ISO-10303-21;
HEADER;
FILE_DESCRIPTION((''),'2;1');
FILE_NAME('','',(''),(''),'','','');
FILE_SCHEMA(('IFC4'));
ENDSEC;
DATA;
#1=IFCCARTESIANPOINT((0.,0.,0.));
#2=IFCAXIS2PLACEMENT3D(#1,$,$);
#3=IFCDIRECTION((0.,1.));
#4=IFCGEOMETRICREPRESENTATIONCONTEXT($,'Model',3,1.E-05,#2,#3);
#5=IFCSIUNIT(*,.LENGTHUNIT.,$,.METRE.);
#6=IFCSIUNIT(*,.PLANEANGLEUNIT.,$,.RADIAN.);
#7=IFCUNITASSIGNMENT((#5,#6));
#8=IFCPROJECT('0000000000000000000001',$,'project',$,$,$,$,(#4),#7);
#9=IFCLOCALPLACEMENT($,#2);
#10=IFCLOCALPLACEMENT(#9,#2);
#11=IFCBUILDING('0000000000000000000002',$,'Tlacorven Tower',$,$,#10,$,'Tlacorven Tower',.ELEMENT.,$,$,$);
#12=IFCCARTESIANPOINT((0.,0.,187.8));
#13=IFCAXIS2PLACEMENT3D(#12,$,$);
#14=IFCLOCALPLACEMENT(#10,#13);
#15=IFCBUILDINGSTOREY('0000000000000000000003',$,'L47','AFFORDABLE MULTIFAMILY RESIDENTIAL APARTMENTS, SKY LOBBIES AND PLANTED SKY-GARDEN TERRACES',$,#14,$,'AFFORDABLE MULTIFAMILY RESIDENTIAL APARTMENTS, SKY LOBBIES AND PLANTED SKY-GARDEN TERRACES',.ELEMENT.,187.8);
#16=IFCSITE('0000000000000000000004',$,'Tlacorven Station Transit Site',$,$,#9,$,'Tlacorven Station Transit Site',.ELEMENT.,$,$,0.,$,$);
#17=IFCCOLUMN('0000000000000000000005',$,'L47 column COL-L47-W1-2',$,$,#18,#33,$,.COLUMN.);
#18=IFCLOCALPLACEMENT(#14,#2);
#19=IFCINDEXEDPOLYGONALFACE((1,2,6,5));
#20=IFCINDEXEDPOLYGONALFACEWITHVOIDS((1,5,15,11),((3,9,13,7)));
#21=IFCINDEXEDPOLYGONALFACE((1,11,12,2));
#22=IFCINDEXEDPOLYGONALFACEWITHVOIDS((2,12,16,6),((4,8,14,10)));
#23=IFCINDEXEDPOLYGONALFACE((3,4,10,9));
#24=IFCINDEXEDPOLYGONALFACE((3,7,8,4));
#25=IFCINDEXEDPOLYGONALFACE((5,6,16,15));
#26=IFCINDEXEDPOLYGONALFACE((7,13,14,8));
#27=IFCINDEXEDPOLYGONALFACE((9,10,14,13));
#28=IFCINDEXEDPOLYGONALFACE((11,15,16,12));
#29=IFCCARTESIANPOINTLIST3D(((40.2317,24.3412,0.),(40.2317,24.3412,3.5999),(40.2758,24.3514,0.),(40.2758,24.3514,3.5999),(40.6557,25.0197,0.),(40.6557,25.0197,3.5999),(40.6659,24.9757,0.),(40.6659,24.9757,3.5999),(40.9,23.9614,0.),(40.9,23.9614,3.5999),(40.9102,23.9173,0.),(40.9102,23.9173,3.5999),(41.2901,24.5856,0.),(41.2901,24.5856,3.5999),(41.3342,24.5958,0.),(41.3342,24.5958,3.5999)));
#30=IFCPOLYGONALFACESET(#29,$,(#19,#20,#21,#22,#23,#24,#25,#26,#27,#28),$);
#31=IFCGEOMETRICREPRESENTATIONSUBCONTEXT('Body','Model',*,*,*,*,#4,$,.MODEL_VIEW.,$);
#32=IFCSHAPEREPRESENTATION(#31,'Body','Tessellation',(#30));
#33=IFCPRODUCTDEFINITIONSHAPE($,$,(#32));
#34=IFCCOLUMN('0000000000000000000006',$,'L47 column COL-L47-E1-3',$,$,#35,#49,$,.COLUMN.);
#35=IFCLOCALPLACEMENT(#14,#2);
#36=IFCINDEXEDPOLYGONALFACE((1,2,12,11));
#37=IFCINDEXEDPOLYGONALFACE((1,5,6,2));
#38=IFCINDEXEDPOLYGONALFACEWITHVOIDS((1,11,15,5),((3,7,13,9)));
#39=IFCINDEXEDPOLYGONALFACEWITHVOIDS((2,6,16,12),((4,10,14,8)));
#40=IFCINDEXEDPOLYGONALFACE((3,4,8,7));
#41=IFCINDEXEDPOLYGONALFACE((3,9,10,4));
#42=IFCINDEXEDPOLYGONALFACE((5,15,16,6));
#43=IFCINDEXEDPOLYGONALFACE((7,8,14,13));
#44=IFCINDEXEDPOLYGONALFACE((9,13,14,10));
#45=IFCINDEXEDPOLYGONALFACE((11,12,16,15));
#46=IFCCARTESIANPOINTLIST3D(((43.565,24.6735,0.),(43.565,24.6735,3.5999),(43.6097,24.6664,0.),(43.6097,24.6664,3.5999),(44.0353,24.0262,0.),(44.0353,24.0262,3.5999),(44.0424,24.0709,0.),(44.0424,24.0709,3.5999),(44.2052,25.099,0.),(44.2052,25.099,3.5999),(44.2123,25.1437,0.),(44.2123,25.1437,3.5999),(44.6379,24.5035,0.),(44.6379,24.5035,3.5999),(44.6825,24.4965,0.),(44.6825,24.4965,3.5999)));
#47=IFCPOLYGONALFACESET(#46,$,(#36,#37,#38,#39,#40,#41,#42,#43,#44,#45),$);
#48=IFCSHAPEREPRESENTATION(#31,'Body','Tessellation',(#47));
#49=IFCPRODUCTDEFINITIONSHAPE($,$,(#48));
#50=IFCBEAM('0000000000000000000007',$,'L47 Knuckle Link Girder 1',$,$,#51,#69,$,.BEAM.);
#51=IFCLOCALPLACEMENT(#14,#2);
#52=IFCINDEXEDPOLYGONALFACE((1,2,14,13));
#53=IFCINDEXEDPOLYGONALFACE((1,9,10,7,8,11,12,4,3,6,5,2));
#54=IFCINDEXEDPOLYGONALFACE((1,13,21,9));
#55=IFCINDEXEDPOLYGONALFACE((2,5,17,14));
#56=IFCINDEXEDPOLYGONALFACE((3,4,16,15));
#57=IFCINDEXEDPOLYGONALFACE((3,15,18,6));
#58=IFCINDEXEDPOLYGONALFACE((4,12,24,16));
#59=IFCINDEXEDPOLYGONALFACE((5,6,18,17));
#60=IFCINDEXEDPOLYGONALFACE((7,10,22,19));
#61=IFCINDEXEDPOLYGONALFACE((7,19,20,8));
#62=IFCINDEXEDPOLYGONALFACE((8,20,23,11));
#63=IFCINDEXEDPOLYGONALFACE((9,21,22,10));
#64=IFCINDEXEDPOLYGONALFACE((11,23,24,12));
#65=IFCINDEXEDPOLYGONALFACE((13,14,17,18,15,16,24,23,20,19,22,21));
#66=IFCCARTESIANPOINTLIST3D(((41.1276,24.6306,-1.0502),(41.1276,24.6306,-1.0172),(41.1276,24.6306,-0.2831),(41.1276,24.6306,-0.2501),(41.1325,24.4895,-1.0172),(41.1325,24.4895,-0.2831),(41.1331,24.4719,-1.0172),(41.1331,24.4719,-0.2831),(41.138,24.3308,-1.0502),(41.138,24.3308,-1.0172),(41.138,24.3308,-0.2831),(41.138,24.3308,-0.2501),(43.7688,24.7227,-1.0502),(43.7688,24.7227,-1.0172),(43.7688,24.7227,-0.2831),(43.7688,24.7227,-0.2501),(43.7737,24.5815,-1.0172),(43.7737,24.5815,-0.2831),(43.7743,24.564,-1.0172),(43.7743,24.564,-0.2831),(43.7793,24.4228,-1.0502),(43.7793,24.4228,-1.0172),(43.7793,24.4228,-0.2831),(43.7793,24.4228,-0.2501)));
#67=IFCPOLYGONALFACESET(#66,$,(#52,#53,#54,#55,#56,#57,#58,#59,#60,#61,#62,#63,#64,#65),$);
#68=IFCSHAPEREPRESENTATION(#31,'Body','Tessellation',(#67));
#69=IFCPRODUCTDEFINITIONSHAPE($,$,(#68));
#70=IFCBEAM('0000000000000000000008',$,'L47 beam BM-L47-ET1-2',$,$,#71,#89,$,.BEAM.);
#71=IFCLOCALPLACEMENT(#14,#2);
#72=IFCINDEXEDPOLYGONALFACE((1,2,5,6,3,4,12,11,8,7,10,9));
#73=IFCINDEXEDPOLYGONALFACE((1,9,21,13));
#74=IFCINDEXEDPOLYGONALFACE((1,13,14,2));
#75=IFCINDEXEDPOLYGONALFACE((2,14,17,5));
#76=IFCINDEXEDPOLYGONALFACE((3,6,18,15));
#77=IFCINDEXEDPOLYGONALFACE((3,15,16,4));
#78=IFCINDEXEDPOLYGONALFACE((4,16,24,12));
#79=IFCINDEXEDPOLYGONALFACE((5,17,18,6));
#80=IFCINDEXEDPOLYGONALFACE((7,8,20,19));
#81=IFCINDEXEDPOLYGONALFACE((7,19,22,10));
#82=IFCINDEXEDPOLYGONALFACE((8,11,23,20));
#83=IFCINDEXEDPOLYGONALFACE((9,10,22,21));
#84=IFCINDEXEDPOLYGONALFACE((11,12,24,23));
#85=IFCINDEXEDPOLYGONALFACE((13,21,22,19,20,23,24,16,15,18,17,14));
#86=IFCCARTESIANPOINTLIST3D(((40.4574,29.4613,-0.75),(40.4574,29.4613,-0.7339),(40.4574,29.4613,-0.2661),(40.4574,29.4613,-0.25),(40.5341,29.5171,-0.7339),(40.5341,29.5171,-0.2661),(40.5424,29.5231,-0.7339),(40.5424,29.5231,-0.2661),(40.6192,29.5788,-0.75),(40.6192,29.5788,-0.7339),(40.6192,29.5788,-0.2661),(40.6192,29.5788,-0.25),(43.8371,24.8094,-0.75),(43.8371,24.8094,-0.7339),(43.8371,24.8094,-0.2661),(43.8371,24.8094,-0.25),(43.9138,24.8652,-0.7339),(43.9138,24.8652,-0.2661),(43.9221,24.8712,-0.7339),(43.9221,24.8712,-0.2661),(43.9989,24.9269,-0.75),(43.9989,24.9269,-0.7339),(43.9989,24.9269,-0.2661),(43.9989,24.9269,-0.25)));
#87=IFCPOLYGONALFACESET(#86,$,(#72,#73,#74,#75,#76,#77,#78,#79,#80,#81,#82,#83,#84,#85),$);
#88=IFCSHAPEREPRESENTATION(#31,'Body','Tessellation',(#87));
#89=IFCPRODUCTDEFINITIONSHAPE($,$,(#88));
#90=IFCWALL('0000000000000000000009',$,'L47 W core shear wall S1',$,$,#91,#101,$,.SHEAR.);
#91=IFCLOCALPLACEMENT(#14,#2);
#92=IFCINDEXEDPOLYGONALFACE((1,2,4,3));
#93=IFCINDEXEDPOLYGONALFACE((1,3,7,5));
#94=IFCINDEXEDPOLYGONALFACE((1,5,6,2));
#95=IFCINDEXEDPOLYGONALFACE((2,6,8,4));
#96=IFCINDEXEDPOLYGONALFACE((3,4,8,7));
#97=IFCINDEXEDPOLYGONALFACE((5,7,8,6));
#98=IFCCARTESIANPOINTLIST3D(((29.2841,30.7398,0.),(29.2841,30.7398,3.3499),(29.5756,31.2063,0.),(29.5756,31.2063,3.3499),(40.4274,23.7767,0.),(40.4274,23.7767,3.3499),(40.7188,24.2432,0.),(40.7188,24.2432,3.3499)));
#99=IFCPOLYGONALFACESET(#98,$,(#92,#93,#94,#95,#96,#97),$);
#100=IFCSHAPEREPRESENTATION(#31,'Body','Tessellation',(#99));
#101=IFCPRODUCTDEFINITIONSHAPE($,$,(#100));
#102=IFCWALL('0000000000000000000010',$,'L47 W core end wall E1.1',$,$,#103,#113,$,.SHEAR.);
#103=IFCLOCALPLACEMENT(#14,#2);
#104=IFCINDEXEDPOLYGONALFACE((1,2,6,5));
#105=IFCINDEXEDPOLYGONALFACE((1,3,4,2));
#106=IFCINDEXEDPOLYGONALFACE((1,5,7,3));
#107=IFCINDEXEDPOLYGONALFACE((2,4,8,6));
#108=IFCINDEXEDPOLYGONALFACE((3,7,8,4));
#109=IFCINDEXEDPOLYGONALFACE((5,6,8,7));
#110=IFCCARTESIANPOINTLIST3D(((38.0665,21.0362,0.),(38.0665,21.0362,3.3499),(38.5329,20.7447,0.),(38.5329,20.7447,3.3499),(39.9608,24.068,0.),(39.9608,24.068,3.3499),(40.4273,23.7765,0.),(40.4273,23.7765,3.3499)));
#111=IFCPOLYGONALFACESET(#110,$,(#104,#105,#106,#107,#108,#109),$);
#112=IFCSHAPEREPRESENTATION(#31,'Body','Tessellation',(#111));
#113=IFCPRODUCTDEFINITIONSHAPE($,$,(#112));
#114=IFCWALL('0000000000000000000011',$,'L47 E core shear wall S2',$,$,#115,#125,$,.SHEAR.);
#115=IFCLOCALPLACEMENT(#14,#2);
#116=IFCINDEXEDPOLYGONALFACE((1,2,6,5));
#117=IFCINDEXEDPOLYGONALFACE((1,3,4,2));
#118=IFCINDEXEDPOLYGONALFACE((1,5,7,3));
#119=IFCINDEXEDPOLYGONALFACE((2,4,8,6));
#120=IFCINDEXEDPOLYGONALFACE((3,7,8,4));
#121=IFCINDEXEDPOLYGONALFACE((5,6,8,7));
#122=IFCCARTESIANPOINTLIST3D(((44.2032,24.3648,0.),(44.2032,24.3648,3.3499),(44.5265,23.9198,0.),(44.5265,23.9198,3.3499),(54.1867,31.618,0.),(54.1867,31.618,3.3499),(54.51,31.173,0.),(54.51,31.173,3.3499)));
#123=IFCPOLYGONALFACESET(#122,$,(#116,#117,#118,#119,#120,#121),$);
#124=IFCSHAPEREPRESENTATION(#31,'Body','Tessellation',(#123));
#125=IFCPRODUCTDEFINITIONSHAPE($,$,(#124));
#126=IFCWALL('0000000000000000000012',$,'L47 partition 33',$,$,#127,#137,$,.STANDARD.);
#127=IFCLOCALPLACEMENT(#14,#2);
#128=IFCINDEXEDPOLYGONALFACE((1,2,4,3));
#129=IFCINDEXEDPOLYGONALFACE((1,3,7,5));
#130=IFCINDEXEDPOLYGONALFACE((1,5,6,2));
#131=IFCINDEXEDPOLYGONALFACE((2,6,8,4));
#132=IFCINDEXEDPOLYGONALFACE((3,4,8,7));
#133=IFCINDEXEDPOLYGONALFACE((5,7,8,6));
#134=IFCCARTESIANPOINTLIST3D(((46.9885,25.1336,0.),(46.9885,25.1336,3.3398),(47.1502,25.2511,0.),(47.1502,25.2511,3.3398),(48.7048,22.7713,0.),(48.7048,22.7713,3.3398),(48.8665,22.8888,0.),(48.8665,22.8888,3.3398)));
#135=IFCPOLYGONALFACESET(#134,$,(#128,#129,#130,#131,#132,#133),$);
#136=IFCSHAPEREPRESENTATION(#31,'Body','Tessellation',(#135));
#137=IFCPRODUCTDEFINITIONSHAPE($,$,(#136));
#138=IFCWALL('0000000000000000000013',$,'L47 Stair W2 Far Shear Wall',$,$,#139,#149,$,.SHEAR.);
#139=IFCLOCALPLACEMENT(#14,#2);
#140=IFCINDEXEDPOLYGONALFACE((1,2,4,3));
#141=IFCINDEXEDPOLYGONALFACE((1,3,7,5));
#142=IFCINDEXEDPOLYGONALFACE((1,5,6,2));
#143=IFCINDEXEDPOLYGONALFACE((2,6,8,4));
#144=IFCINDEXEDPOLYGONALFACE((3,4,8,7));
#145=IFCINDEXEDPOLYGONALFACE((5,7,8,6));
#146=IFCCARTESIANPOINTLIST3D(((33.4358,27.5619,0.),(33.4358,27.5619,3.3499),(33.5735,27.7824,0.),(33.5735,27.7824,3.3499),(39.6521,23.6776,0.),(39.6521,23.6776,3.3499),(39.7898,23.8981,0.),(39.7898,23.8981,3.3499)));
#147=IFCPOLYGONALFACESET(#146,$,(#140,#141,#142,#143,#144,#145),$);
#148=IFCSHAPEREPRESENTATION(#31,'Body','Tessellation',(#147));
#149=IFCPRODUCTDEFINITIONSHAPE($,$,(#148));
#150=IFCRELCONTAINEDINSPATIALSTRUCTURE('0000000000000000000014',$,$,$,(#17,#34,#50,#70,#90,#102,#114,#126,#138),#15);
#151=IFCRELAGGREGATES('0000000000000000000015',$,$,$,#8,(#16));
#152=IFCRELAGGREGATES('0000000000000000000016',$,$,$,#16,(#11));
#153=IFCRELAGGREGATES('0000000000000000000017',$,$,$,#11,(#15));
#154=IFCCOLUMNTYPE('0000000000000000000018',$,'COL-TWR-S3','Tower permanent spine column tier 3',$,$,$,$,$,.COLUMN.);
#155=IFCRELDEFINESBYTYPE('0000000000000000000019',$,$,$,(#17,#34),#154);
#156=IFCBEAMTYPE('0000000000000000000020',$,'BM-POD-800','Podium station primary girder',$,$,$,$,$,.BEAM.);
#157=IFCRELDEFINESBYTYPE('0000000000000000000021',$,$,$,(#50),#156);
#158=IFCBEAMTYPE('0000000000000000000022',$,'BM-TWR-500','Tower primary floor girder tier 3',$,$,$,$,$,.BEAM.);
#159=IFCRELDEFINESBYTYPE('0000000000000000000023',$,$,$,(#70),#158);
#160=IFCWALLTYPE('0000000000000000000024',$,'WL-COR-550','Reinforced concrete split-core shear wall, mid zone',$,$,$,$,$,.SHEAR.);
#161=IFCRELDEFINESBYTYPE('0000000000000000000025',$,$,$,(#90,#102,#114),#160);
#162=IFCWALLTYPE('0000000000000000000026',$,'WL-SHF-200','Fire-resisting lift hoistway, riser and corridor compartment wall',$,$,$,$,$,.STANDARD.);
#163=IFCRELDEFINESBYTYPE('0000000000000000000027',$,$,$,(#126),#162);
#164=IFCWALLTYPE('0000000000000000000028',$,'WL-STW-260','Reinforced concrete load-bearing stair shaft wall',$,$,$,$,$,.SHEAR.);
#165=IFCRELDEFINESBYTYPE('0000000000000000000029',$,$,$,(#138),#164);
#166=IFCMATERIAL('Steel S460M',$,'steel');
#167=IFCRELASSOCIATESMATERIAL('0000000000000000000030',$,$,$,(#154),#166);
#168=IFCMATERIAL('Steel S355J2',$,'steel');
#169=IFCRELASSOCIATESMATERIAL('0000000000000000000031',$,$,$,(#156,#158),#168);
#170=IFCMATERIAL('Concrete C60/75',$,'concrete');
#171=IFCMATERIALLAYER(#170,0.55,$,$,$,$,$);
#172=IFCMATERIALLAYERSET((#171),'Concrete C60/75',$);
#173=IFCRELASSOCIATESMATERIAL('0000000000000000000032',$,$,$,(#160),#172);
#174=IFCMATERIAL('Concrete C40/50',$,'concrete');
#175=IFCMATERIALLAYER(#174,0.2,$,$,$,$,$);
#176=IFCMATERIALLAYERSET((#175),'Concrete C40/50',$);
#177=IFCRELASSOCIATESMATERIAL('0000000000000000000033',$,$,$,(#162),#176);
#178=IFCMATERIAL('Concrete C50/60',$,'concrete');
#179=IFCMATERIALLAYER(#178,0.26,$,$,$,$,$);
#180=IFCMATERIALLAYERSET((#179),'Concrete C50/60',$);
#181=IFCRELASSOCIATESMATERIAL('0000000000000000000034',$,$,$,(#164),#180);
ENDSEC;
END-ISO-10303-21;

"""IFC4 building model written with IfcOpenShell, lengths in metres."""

from ifc_helpers import new_model, si_unit, direction, frame, frame_2d, origin, origin_2d, place, context, subcontext, project, spatial, rectangle, hollow_rectangle, i_section, extrude, source, transform, mapped, material, layer, layer_set, material_profile, profile_set, type_object, element, save


model = new_model("IFC4")

# Units and contexts
model_context = context("Model", 3, precision=1e-05, world=origin(), true_north=direction((0.0, 1.0)))
body_context = subcontext(model_context, "Body", "Model", "MODEL_VIEW")
ifc_project = project(units=[si_unit("LENGTHUNIT", "METRE"), si_unit("PLANEANGLEUNIT", "RADIAN")], contexts=[model_context])

# Site, building, storey
site_placement = place(None, origin())
site = spatial("IfcSite", under=ifc_project, at=site_placement, Name="Tlacorven Station Transit Site", LongName="Tlacorven Station Transit Site", CompositionType="ELEMENT", RefElevation=0.0)
building_placement = place(site_placement, origin())
building = spatial("IfcBuilding", under=site, at=building_placement, Name="Tlacorven Tower", LongName="Tlacorven Tower", CompositionType="ELEMENT")
storey_placement = place(building_placement, frame((0.0, 0.0, 187.8)))
storey = spatial("IfcBuildingStorey", under=building, at=storey_placement, Name="L47", Description="AFFORDABLE MULTIFAMILY RESIDENTIAL APARTMENTS, SKY LOBBIES AND PLANTED SKY-GARDEN TERRACES", LongName="AFFORDABLE MULTIFAMILY RESIDENTIAL APARTMENTS, SKY LOBBIES AND PLANTED SKY-GARDEN TERRACES", CompositionType="ELEMENT", Elevation=187.8)

# Columns
ifc_material_1 = material(Name="Steel S460M", Category="steel")
ifc_material_profile_1 = material_profile(ifc_material_1, hollow_rectangle(XDim=0.8, YDim=0.8, WallThickness=0.032, at=origin_2d()), Name="BOX 800X800X32")
ifc_profile_set_1 = profile_set([ifc_material_profile_1], Name="Steel S460M")
column_type = type_object("IfcColumnType", Name="COL-TWR-S3", Description="Tower permanent spine column tier 3", PredefinedType="COLUMN", material=ifc_profile_set_1)
shared_shape_1 = source(origin(), body_context, "Body", "SweptSolid", [
    extrude(hollow_rectangle(XDim=0.8, YDim=0.8, WallThickness=0.032, at=origin_2d()), origin(), (0.0, 0.0, 1.0), 3.5999),
])
for number, where, z_axis, x_axis, name in (
    (1, (40.783, 24.4685, 0.0), (0.0, 0.0, 1.0), (-0.848048, 0.529919, 0.0), "L47 column COL-L47-W1-2"),
    (2, (44.1238, 24.585, 0.0), (0.0, 0.0, 1.0), (0.809017, 0.587785, 0.0), "L47 column COL-L47-E1-3"),
):
    element("IfcColumn", number, at=place(storey_placement, frame(where, z_axis=z_axis, x_axis=x_axis)), inside=storey, type_object=column_type, Name=name, PredefinedType="COLUMN", context=body_context, shape_type="MappedRepresentation", body=[
        mapped(shared_shape_1, transform((0.0, 0.0, 0.0), scale=1.0)),
    ])

# Beams
ifc_material_2 = material(Name="Steel S355J2", Category="steel")
ifc_material_profile_2 = material_profile(ifc_material_2, i_section(OverallWidth=0.3, OverallDepth=0.8, WebThickness=0.0176, FlangeThickness=0.033, at=origin_2d()), Name="HEB 800")
ifc_profile_set_2 = profile_set([ifc_material_profile_2], Name="Steel S355J2")
beam_type_1 = type_object("IfcBeamType", Name="BM-POD-800", Description="Podium station primary girder", PredefinedType="BEAM", material=ifc_profile_set_2)
shared_shape_2 = source(origin(), body_context, "Body", "SweptSolid", [
    extrude(i_section(OverallWidth=0.3, OverallDepth=0.8, WebThickness=0.0176, FlangeThickness=0.033, at=origin_2d()), origin(), (0.0, 0.0, 1.0), 2.6428),
])
beam_1_placement = place(storey_placement, frame((41.1328, 24.4807, -0.6501), z_axis=(0.999393, 0.034828, 0.0), x_axis=(-0.034828, 0.999393, 0.0)))
element("IfcBeam", 3, at=beam_1_placement, inside=storey, type_object=beam_type_1, Name="L47 Knuckle Link Girder 1", PredefinedType="BEAM", context=body_context, shape_type="MappedRepresentation", body=[
    mapped(shared_shape_2, transform((0.0, 0.0, 0.0), scale=1.0)),
])
ifc_material_profile_3 = material_profile(ifc_material_2, i_section(OverallWidth=0.2, OverallDepth=0.5, WebThickness=0.0103, FlangeThickness=0.0161, at=origin_2d()), Name="IPE 500")
ifc_profile_set_3 = profile_set([ifc_material_profile_3], Name="Steel S355J2")
beam_type_2 = type_object("IfcBeamType", Name="BM-TWR-500", Description="Tower primary floor girder tier 3", PredefinedType="BEAM", material=ifc_profile_set_3)
shared_shape_3 = source(origin(), body_context, "Body", "SweptSolid", [
    extrude(i_section(OverallWidth=0.2, OverallDepth=0.5, WebThickness=0.0103, FlangeThickness=0.0161, at=origin_2d()), origin(), (0.0, 0.0, 1.0), 5.75),
])
beam_2_placement = place(storey_placement, frame((43.918, 24.8682, -0.5), z_axis=(-0.58777, 0.809028, 0.0), x_axis=(-0.809028, -0.58777, 0.0)))
element("IfcBeam", 4, at=beam_2_placement, inside=storey, type_object=beam_type_2, Name="L47 beam BM-L47-ET1-2", PredefinedType="BEAM", context=body_context, shape_type="MappedRepresentation", body=[
    mapped(shared_shape_3, transform((0.0, 0.0, 0.0), scale=1.0)),
])

# Walls
ifc_material_3 = material(Name="Concrete C60/75", Category="concrete")
ifc_layer_1 = layer(ifc_material_3, 0.55)
ifc_layer_set_1 = layer_set([ifc_layer_1], Name="Concrete C60/75")
wall_type_1 = type_object("IfcWallType", Name="WL-COR-550", Description="Reinforced concrete split-core shear wall, mid zone", PredefinedType="SHEAR", material=ifc_layer_set_1)
wall_1_placement = place(storey_placement, frame((40.573, 24.01, 0.0), z_axis=(0.0, 0.0, 1.0), x_axis=(-0.848047, 0.52992, 0.0)))
element("IfcWall", 5, at=wall_1_placement, inside=storey, type_object=wall_type_1, Name="L47 W core shear wall S1", PredefinedType="SHEAR", context=body_context, shape_type="SweptSolid", body=[
    extrude(rectangle(XDim=13.1399, YDim=0.55, at=frame_2d((6.5698, 0.0))), origin(), (0.0, 0.0, 1.0), 3.3499),
])
wall_2_placement = place(storey_placement, frame((40.1941, 23.9224, 0.0), z_axis=(0.0, 0.0, 1.0), x_axis=(-0.529888, -0.848067, 0.0)))
element("IfcWall", 6, at=wall_2_placement, inside=storey, type_object=wall_type_1, Name="L47 W core end wall E1.1", PredefinedType="SHEAR", context=body_context, shape_type="SweptSolid", body=[
    extrude(rectangle(XDim=3.575, YDim=0.55, at=frame_2d((1.7876, 0.0))), origin(), (0.0, 0.0, 1.0), 3.3499),
])
wall_3_placement = place(storey_placement, frame((44.365, 24.1423, 0.0), z_axis=(0.0, 0.0, 1.0), x_axis=(0.809024, 0.587775, 0.0)))
element("IfcWall", 7, at=wall_3_placement, inside=storey, type_object=wall_type_1, Name="L47 E core shear wall S2", PredefinedType="SHEAR", context=body_context, shape_type="SweptSolid", body=[
    extrude(rectangle(XDim=12.3401, YDim=0.55, at=frame_2d((6.1699, 0.0))), origin(), (0.0, 0.0, 1.0), 3.3499),
])
ifc_material_4 = material(Name="Concrete C40/50", Category="concrete")
ifc_layer_2 = layer(ifc_material_4, 0.2)
ifc_layer_set_2 = layer_set([ifc_layer_2], Name="Concrete C40/50")
wall_type_2 = type_object("IfcWallType", Name="WL-SHF-200", Description="Fire-resisting lift hoistway, riser and corridor compartment wall", PredefinedType="STANDARD", material=ifc_layer_set_2)
wall_4_placement = place(storey_placement, frame((48.7856, 22.8301, 0.0), z_axis=(0.0, 0.0, 1.0), x_axis=(-0.587784, 0.809018, 0.0)))
element("IfcWall", 8, at=wall_4_placement, inside=storey, type_object=wall_type_2, Name="L47 partition 33", PredefinedType="STANDARD", context=body_context, shape_type="SweptSolid", body=[
    extrude(rectangle(XDim=2.9199, YDim=0.2, at=frame_2d((1.46, 0.0))), origin(), (0.0, 0.0, 1.0), 3.3398),
])
ifc_material_5 = material(Name="Concrete C50/60", Category="concrete")
ifc_layer_3 = layer(ifc_material_5, 0.26)
ifc_layer_set_3 = layer_set([ifc_layer_3], Name="Concrete C50/60")
wall_type_3 = type_object("IfcWallType", Name="WL-STW-260", Description="Reinforced concrete load-bearing stair shaft wall", PredefinedType="SHEAR", material=ifc_layer_set_3)
wall_5_placement = place(storey_placement, frame((39.7209, 23.7878, 0.0), z_axis=(0.0, 0.0, 1.0), x_axis=(-0.848054, 0.529909, 0.0)))
element("IfcWall", 9, at=wall_5_placement, inside=storey, type_object=wall_type_3, Name="L47 Stair W2 Far Shear Wall", PredefinedType="SHEAR", context=body_context, shape_type="SweptSolid", body=[
    extrude(rectangle(XDim=7.3301, YDim=0.26, at=frame_2d((3.665, 0.0))), origin(), (0.0, 0.0, 1.0), 3.3499),
])

save(model, "model.ifc")
